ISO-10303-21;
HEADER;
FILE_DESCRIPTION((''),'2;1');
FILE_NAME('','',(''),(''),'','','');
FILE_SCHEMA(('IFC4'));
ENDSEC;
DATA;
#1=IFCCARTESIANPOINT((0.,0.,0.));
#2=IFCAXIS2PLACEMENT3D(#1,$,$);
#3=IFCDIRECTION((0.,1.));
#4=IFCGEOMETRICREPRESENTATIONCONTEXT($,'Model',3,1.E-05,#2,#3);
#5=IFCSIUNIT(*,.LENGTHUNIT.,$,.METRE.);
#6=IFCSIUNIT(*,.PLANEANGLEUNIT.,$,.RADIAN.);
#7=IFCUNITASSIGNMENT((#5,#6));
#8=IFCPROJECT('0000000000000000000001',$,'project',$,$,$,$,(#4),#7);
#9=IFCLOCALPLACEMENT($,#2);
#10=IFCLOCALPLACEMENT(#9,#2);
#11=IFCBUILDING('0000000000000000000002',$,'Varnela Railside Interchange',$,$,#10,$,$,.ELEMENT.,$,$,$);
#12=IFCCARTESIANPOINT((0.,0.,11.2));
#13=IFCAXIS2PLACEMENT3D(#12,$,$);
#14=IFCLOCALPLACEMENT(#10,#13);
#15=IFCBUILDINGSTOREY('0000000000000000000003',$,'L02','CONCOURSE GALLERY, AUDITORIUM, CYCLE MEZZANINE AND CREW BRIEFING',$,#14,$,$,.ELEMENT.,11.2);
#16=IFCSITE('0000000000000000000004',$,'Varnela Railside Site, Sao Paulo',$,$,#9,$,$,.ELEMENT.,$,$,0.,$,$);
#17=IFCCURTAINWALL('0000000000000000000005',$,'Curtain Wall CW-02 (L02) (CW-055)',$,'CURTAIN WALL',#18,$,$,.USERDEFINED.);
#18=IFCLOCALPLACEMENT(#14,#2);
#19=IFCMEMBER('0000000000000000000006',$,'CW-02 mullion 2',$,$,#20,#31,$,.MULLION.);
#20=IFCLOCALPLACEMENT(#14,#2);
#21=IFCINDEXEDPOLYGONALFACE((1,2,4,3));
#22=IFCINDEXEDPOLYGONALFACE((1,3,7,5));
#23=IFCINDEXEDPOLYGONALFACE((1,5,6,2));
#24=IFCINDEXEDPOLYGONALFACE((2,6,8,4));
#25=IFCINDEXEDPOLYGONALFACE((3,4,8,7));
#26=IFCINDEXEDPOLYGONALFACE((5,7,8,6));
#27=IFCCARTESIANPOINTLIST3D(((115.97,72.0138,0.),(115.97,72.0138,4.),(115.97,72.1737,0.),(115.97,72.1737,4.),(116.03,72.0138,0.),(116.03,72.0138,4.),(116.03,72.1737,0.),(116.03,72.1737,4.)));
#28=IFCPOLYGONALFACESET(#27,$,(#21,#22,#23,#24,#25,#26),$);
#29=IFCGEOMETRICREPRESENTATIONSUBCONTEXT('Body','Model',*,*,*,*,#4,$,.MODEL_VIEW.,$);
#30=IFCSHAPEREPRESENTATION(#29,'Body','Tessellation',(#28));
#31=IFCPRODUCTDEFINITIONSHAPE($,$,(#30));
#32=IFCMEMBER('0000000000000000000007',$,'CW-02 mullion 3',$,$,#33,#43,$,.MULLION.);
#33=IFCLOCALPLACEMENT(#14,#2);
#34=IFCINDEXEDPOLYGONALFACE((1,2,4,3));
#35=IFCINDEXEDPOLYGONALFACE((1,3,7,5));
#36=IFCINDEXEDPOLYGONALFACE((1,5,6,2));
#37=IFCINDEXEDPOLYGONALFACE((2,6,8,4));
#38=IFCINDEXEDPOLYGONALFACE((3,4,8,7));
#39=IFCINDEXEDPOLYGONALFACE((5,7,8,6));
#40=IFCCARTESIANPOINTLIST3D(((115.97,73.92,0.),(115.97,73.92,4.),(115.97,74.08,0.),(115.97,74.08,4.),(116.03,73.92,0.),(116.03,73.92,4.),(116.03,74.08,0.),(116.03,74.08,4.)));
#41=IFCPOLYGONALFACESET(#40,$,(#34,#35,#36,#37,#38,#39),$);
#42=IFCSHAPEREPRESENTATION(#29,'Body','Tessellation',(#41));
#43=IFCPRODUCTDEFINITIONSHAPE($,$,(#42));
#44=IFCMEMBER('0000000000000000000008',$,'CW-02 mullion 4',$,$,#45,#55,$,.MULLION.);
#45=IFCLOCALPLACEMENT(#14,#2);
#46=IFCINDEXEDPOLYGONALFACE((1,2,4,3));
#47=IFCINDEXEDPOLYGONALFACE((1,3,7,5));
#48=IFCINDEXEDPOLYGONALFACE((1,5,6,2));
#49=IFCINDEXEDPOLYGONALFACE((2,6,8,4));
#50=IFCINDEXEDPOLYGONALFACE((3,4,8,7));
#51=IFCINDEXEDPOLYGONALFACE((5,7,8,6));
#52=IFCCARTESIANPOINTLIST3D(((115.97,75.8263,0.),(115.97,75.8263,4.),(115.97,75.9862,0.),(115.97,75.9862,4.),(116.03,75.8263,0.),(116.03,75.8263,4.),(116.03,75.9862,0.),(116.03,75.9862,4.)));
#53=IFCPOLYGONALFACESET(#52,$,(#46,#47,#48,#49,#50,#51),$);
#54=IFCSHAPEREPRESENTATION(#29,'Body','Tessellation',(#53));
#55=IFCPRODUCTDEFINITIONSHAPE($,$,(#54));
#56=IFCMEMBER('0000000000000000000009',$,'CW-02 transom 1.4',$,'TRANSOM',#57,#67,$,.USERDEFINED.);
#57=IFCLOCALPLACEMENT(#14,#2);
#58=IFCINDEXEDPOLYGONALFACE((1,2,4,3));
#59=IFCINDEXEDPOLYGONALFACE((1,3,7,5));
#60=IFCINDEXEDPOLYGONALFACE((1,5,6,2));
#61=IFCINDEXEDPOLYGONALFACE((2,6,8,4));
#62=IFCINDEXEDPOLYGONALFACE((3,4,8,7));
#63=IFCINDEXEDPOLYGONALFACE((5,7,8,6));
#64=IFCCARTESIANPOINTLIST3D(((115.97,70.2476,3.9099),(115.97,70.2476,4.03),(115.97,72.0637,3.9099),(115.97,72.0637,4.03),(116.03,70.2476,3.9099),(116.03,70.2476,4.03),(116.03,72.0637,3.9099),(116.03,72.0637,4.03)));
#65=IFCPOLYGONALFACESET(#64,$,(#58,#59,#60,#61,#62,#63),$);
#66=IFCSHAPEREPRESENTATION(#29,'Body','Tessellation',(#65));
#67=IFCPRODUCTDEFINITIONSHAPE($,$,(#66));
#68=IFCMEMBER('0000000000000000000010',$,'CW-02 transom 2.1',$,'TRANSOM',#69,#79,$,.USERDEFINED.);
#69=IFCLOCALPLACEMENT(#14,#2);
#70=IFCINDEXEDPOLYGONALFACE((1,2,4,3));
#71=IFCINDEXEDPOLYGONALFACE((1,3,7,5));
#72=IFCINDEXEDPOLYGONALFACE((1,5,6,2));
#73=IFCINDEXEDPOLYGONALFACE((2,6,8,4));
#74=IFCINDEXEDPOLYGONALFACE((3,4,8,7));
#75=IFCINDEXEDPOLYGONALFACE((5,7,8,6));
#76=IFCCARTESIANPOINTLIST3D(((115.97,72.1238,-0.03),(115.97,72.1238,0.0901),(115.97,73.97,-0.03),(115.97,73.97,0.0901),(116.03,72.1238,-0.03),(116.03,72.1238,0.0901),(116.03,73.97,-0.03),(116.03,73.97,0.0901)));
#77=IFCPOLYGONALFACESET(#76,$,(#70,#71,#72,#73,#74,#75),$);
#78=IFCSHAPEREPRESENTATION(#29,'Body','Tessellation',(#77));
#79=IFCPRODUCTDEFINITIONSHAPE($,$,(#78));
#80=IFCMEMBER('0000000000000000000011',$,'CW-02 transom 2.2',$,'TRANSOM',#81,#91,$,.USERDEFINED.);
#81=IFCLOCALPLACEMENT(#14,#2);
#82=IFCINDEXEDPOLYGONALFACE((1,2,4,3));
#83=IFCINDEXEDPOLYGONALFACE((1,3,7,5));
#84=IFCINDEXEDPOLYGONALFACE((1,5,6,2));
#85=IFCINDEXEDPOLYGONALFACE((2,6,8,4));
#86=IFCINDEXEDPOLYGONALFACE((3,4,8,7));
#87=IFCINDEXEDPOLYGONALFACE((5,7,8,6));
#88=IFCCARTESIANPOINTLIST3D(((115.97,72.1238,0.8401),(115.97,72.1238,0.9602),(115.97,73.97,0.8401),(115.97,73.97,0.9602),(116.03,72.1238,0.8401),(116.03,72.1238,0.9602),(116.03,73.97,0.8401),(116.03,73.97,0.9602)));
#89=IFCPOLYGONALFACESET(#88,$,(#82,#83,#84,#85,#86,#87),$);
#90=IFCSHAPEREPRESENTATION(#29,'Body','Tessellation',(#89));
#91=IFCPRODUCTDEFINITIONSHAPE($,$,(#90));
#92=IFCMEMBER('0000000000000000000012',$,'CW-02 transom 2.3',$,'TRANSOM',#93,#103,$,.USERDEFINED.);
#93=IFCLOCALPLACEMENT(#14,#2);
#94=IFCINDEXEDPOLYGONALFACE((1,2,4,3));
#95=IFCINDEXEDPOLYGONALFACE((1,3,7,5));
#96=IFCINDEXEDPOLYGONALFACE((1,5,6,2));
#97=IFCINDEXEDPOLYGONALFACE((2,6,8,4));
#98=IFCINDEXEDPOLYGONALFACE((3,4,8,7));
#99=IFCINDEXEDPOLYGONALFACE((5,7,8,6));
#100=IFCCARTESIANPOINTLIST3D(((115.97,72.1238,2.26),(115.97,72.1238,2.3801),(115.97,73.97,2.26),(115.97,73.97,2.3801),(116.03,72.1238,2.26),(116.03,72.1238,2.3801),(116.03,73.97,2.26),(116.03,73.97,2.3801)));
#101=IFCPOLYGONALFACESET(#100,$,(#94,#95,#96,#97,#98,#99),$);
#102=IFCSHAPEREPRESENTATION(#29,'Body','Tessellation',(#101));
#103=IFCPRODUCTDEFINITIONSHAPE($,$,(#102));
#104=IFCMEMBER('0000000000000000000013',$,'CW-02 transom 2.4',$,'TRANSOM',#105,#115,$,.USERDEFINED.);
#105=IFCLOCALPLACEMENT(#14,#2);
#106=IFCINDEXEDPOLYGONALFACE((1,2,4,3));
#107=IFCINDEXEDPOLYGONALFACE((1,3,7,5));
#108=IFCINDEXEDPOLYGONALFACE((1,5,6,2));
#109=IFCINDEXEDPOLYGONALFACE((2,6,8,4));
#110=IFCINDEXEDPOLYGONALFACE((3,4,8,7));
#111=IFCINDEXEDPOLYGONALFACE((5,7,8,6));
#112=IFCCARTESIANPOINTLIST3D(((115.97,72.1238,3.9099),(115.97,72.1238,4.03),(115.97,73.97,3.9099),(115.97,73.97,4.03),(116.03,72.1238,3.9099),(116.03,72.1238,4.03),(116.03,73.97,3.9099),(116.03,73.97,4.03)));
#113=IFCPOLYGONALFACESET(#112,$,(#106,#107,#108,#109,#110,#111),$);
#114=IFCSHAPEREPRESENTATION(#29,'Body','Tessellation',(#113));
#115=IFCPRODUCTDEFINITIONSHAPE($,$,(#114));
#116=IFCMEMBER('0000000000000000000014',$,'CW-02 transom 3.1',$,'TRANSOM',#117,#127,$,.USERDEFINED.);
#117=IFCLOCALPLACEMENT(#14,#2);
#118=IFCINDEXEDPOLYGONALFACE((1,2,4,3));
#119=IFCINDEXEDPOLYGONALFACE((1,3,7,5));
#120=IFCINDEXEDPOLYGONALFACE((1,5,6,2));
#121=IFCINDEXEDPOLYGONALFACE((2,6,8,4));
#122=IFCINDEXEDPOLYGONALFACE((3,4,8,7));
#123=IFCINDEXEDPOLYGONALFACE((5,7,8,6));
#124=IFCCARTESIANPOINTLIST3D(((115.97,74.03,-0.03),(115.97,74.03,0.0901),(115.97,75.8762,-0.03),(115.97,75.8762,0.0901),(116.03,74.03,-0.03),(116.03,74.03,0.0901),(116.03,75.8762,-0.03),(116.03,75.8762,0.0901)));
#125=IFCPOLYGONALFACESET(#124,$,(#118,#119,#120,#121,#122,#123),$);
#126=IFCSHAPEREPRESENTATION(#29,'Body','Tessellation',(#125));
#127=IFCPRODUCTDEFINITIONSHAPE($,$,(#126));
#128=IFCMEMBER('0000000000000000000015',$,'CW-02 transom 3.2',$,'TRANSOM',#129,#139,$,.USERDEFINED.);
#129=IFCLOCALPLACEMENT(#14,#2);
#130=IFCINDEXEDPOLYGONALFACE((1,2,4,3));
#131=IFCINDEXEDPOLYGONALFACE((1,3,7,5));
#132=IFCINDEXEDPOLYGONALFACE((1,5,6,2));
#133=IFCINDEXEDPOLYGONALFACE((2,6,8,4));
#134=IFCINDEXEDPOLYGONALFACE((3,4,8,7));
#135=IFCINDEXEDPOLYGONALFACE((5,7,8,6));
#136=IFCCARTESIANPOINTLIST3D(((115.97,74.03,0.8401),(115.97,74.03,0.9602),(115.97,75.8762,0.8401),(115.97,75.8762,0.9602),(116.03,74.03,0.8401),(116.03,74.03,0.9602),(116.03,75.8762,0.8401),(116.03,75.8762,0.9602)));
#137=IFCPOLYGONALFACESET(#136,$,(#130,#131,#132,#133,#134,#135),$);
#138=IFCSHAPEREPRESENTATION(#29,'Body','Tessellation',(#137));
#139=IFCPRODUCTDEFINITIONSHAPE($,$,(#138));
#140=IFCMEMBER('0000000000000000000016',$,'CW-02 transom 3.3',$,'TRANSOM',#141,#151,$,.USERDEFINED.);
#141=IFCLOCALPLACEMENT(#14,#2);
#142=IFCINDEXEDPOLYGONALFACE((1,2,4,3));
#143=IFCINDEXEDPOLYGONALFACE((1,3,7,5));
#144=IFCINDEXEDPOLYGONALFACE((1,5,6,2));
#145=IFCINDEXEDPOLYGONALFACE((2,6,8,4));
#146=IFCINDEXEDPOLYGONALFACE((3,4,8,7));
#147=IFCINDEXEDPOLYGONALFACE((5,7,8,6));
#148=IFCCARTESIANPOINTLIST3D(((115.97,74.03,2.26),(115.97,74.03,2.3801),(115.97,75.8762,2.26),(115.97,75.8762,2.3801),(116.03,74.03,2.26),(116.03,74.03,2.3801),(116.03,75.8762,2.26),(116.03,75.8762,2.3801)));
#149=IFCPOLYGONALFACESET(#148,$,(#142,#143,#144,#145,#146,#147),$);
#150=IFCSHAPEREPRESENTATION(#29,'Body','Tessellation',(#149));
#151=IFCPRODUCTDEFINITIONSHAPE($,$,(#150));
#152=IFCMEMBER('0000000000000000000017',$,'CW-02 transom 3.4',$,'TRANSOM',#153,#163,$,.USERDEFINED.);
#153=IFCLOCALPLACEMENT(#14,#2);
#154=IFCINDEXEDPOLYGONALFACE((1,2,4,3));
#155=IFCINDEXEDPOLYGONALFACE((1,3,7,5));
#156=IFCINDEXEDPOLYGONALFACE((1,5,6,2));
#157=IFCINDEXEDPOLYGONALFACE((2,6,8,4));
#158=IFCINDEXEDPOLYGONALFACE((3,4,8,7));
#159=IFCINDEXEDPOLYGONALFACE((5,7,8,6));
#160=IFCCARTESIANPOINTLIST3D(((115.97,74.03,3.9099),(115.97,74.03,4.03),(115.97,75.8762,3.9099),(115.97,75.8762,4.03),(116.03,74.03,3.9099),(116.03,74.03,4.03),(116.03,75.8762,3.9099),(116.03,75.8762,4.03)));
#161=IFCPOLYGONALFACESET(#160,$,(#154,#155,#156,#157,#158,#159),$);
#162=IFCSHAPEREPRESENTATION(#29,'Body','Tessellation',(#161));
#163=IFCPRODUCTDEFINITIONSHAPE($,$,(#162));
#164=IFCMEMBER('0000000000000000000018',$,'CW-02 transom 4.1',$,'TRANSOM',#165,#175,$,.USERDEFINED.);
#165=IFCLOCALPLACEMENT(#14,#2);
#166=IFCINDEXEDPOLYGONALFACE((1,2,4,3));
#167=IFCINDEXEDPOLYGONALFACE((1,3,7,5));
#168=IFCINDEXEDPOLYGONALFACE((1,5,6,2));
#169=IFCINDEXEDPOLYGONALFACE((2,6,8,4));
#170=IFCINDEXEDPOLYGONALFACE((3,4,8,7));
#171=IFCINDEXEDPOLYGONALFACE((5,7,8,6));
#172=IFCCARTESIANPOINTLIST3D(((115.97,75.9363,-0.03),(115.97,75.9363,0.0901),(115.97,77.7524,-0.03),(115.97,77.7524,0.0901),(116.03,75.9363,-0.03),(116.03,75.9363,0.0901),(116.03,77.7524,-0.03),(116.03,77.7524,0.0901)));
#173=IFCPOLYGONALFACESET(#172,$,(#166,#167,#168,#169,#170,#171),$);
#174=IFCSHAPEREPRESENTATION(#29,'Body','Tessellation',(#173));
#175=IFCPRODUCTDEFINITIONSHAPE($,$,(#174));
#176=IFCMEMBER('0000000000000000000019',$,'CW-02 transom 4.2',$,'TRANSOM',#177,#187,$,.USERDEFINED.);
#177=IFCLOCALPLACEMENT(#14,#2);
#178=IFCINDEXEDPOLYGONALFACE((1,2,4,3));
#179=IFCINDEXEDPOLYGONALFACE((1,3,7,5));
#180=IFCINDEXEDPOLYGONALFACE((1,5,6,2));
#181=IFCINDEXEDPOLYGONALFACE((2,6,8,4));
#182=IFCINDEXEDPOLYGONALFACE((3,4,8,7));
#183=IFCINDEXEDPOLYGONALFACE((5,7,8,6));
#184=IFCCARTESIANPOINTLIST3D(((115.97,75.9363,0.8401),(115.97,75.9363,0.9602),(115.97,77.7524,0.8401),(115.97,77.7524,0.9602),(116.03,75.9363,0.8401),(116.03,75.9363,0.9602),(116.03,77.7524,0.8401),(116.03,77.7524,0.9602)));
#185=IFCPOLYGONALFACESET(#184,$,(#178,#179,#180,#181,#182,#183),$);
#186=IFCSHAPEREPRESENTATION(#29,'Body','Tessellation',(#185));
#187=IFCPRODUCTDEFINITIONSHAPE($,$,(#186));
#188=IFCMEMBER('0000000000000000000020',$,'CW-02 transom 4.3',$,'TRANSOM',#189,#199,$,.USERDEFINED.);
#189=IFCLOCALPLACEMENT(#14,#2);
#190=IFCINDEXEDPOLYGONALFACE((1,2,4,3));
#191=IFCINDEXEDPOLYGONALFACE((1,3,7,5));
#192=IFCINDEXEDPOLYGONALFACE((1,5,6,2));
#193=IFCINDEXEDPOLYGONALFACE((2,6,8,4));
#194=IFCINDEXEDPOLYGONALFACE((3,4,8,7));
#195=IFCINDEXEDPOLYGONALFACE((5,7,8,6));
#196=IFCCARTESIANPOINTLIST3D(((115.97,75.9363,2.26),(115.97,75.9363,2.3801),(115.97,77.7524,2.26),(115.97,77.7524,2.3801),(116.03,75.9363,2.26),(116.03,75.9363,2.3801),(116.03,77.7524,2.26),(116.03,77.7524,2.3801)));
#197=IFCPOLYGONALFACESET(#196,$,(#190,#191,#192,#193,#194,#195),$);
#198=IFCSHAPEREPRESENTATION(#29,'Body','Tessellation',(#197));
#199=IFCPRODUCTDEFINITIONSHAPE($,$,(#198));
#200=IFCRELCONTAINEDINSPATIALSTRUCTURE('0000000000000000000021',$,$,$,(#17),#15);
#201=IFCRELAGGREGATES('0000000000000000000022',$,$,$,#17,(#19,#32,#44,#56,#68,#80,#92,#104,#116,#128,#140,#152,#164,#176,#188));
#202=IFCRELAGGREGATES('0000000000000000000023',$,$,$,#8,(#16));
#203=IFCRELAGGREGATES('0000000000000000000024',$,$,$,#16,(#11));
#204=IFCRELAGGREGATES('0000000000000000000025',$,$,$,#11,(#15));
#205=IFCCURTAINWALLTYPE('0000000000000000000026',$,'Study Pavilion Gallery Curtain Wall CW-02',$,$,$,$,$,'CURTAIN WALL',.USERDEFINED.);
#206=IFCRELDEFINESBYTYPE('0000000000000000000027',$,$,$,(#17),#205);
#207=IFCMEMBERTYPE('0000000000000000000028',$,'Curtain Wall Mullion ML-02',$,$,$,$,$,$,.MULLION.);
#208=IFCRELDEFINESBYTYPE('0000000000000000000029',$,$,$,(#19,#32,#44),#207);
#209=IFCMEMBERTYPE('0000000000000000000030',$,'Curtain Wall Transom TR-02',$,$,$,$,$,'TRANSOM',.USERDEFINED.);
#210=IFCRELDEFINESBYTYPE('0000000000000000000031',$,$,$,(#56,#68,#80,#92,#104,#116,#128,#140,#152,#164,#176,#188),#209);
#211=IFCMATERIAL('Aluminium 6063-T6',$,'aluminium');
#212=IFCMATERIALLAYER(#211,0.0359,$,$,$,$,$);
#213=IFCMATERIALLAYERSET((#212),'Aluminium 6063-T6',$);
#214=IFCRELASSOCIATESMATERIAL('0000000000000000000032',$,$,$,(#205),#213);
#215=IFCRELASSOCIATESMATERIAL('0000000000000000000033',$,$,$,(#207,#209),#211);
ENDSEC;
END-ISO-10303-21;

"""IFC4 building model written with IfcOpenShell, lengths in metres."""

from ifc_helpers import new_model, si_unit, direction, frame, origin, origin_2d, place, context, subcontext, project, spatial, rectangle, extrude, material, layer, layer_set, material_profile, profile_set, type_object, element, aggregate, save


model = new_model("IFC4")

# Units and contexts
model_context = context("Model", 3, precision=1e-05, world=origin(), true_north=direction((0.0, 1.0)))
body_context = subcontext(model_context, "Body", "Model", "MODEL_VIEW")
ifc_project = project(units=[si_unit("LENGTHUNIT", "METRE"), si_unit("PLANEANGLEUNIT", "RADIAN")], contexts=[model_context])

# Site, building, storey
site_placement = place(None, origin())
site = spatial("IfcSite", under=ifc_project, at=site_placement, Name="Varnela Railside Site, Sao Paulo", CompositionType="ELEMENT", RefElevation=0.0)
building_placement = place(site_placement, origin())
building = spatial("IfcBuilding", under=site, at=building_placement, Name="Varnela Railside Interchange", CompositionType="ELEMENT")
storey_placement = place(building_placement, frame((0.0, 0.0, 11.2)))
storey = spatial("IfcBuildingStorey", under=building, at=storey_placement, Name="L02", Description="CONCOURSE GALLERY, AUDITORIUM, CYCLE MEZZANINE AND CREW BRIEFING", CompositionType="ELEMENT", Elevation=11.2)

# Curtain wall, members
ifc_material_1 = material(Name="Aluminium 6063-T6", Category="aluminium")
ifc_layer_1 = layer(ifc_material_1, 0.0359)
ifc_layer_set_1 = layer_set([ifc_layer_1], Name="Aluminium 6063-T6")
curtain_wall_type = type_object("IfcCurtainWallType", Name="Study Pavilion Gallery Curtain Wall CW-02", ElementType="CURTAIN WALL", PredefinedType="USERDEFINED", material=ifc_layer_set_1)
curtain_wall_placement = place(storey_placement, origin())
curtain_wall = element("IfcCurtainWall", 1, at=curtain_wall_placement, inside=storey, type_object=curtain_wall_type, Name="Curtain Wall CW-02 (L02) (CW-055)", ObjectType="CURTAIN WALL", PredefinedType="USERDEFINED")
ifc_material_profile_1 = material_profile(ifc_material_1, rectangle(XDim=0.0601, YDim=0.1599, at=origin_2d()), Name="ALU 60x160")
ifc_profile_set_1 = profile_set([ifc_material_profile_1], Name="Aluminium 6063-T6")
member_type_1 = type_object("IfcMemberType", Name="Curtain Wall Mullion ML-02", PredefinedType="MULLION", material=ifc_profile_set_1)
member_1_placement = place(storey_placement, frame((116.0, 72.0938, 0.0), z_axis=(0.0, 0.0, 1.0), x_axis=(-1.0, 0.0, 0.0)))
member_1 = element("IfcMember", 2, at=member_1_placement, type_object=member_type_1, Name="CW-02 mullion 2", PredefinedType="MULLION", context=body_context, shape_type="SweptSolid", body=[
    extrude(rectangle(XDim=0.0601, YDim=0.1599, at=origin_2d()), origin(), (0.0, 0.0, 1.0), 4.0),
])
member_2_placement = place(storey_placement, frame((116.0, 74.0, 0.0), z_axis=(0.0, 0.0, 1.0), x_axis=(-1.0, 0.0, 0.0)))
member_2 = element("IfcMember", 3, at=member_2_placement, type_object=member_type_1, Name="CW-02 mullion 3", PredefinedType="MULLION", context=body_context, shape_type="SweptSolid", body=[
    extrude(rectangle(XDim=0.0601, YDim=0.1599, at=origin_2d()), origin(), (0.0, 0.0, 1.0), 4.0),
])
member_3_placement = place(storey_placement, frame((116.0, 75.9062, 0.0), z_axis=(0.0, 0.0, 1.0), x_axis=(-1.0, 0.0, 0.0)))
member_3 = element("IfcMember", 4, at=member_3_placement, type_object=member_type_1, Name="CW-02 mullion 4", PredefinedType="MULLION", context=body_context, shape_type="SweptSolid", body=[
    extrude(rectangle(XDim=0.0601, YDim=0.1599, at=origin_2d()), origin(), (0.0, 0.0, 1.0), 4.0),
])
ifc_material_profile_2 = material_profile(ifc_material_1, rectangle(XDim=0.0601, YDim=0.1201, at=origin_2d()), Name="ALU 60x120")
ifc_profile_set_2 = profile_set([ifc_material_profile_2], Name="Aluminium 6063-T6")
member_type_2 = type_object("IfcMemberType", Name="Curtain Wall Transom TR-02", ElementType="TRANSOM", PredefinedType="USERDEFINED", material=ifc_profile_set_2)
member_4_placement = place(storey_placement, frame((116.0, 70.2476, 3.97), z_axis=(0.0, 1.0, 0.0), x_axis=(-1.0, 0.0, 0.0)))
member_4 = element("IfcMember", 5, at=member_4_placement, type_object=member_type_2, Name="CW-02 transom 1.4", ObjectType="TRANSOM", PredefinedType="USERDEFINED", context=body_context, shape_type="SweptSolid", body=[
    extrude(rectangle(XDim=0.0601, YDim=0.1201, at=origin_2d()), origin(), (0.0, 0.0, 1.0), 1.8162),
])
member_5_placement = place(storey_placement, frame((116.0, 72.1238, 0.03), z_axis=(0.0, 1.0, 0.0), x_axis=(-1.0, 0.0, 0.0)))
member_5 = element("IfcMember", 6, at=member_5_placement, type_object=member_type_2, Name="CW-02 transom 2.1", ObjectType="TRANSOM", PredefinedType="USERDEFINED", context=body_context, shape_type="SweptSolid", body=[
    extrude(rectangle(XDim=0.0601, YDim=0.1201, at=origin_2d()), origin(), (0.0, 0.0, 1.0), 1.8462),
])
member_6_placement = place(storey_placement, frame((116.0, 72.1238, 0.9001), z_axis=(0.0, 1.0, 0.0), x_axis=(-1.0, 0.0, 0.0)))
member_6 = element("IfcMember", 7, at=member_6_placement, type_object=member_type_2, Name="CW-02 transom 2.2", ObjectType="TRANSOM", PredefinedType="USERDEFINED", context=body_context, shape_type="SweptSolid", body=[
    extrude(rectangle(XDim=0.0601, YDim=0.1201, at=origin_2d()), origin(), (0.0, 0.0, 1.0), 1.8462),
])
member_7_placement = place(storey_placement, frame((116.0, 72.1238, 2.3201), z_axis=(0.0, 1.0, 0.0), x_axis=(-1.0, 0.0, 0.0)))
member_7 = element("IfcMember", 8, at=member_7_placement, type_object=member_type_2, Name="CW-02 transom 2.3", ObjectType="TRANSOM", PredefinedType="USERDEFINED", context=body_context, shape_type="SweptSolid", body=[
    extrude(rectangle(XDim=0.0601, YDim=0.1201, at=origin_2d()), origin(), (0.0, 0.0, 1.0), 1.8462),
])
member_8_placement = place(storey_placement, frame((116.0, 72.1238, 3.97), z_axis=(0.0, 1.0, 0.0), x_axis=(-1.0, 0.0, 0.0)))
member_8 = element("IfcMember", 9, at=member_8_placement, type_object=member_type_2, Name="CW-02 transom 2.4", ObjectType="TRANSOM", PredefinedType="USERDEFINED", context=body_context, shape_type="SweptSolid", body=[
    extrude(rectangle(XDim=0.0601, YDim=0.1201, at=origin_2d()), origin(), (0.0, 0.0, 1.0), 1.8462),
])
member_9_placement = place(storey_placement, frame((116.0, 74.03, 0.03), z_axis=(0.0, 1.0, 0.0), x_axis=(-1.0, 0.0, 0.0)))
member_9 = element("IfcMember", 10, at=member_9_placement, type_object=member_type_2, Name="CW-02 transom 3.1", ObjectType="TRANSOM", PredefinedType="USERDEFINED", context=body_context, shape_type="SweptSolid", body=[
    extrude(rectangle(XDim=0.0601, YDim=0.1201, at=origin_2d()), origin(), (0.0, 0.0, 1.0), 1.8462),
])
member_10_placement = place(storey_placement, frame((116.0, 74.03, 0.9001), z_axis=(0.0, 1.0, 0.0), x_axis=(-1.0, 0.0, 0.0)))
member_10 = element("IfcMember", 11, at=member_10_placement, type_object=member_type_2, Name="CW-02 transom 3.2", ObjectType="TRANSOM", PredefinedType="USERDEFINED", context=body_context, shape_type="SweptSolid", body=[
    extrude(rectangle(XDim=0.0601, YDim=0.1201, at=origin_2d()), origin(), (0.0, 0.0, 1.0), 1.8462),
])
member_11_placement = place(storey_placement, frame((116.0, 74.03, 2.3201), z_axis=(0.0, 1.0, 0.0), x_axis=(-1.0, 0.0, 0.0)))
member_11 = element("IfcMember", 12, at=member_11_placement, type_object=member_type_2, Name="CW-02 transom 3.3", ObjectType="TRANSOM", PredefinedType="USERDEFINED", context=body_context, shape_type="SweptSolid", body=[
    extrude(rectangle(XDim=0.0601, YDim=0.1201, at=origin_2d()), origin(), (0.0, 0.0, 1.0), 1.8462),
])
member_12_placement = place(storey_placement, frame((116.0, 74.03, 3.97), z_axis=(0.0, 1.0, 0.0), x_axis=(-1.0, 0.0, 0.0)))
member_12 = element("IfcMember", 13, at=member_12_placement, type_object=member_type_2, Name="CW-02 transom 3.4", ObjectType="TRANSOM", PredefinedType="USERDEFINED", context=body_context, shape_type="SweptSolid", body=[
    extrude(rectangle(XDim=0.0601, YDim=0.1201, at=origin_2d()), origin(), (0.0, 0.0, 1.0), 1.8462),
])
member_13_placement = place(storey_placement, frame((116.0, 75.9363, 0.03), z_axis=(0.0, 1.0, 0.0), x_axis=(-1.0, 0.0, 0.0)))
member_13 = element("IfcMember", 14, at=member_13_placement, type_object=member_type_2, Name="CW-02 transom 4.1", ObjectType="TRANSOM", PredefinedType="USERDEFINED", context=body_context, shape_type="SweptSolid", body=[
    extrude(rectangle(XDim=0.0601, YDim=0.1201, at=origin_2d()), origin(), (0.0, 0.0, 1.0), 1.8162),
])
member_14_placement = place(storey_placement, frame((116.0, 75.9363, 0.9001), z_axis=(0.0, 1.0, 0.0), x_axis=(-1.0, 0.0, 0.0)))
member_14 = element("IfcMember", 15, at=member_14_placement, type_object=member_type_2, Name="CW-02 transom 4.2", ObjectType="TRANSOM", PredefinedType="USERDEFINED", context=body_context, shape_type="SweptSolid", body=[
    extrude(rectangle(XDim=0.0601, YDim=0.1201, at=origin_2d()), origin(), (0.0, 0.0, 1.0), 1.8162),
])
member_15_placement = place(storey_placement, frame((116.0, 75.9363, 2.3201), z_axis=(0.0, 1.0, 0.0), x_axis=(-1.0, 0.0, 0.0)))
member_15 = element("IfcMember", 16, at=member_15_placement, type_object=member_type_2, Name="CW-02 transom 4.3", ObjectType="TRANSOM", PredefinedType="USERDEFINED", context=body_context, shape_type="SweptSolid", body=[
    extrude(rectangle(XDim=0.0601, YDim=0.1201, at=origin_2d()), origin(), (0.0, 0.0, 1.0), 1.8162),
])

aggregate(curtain_wall, [member_1, member_2, member_3, member_4, member_5, member_6, member_7, member_8, member_9, member_10, member_11, member_12, member_13, member_14, member_15])

save(model, "model.ifc")
